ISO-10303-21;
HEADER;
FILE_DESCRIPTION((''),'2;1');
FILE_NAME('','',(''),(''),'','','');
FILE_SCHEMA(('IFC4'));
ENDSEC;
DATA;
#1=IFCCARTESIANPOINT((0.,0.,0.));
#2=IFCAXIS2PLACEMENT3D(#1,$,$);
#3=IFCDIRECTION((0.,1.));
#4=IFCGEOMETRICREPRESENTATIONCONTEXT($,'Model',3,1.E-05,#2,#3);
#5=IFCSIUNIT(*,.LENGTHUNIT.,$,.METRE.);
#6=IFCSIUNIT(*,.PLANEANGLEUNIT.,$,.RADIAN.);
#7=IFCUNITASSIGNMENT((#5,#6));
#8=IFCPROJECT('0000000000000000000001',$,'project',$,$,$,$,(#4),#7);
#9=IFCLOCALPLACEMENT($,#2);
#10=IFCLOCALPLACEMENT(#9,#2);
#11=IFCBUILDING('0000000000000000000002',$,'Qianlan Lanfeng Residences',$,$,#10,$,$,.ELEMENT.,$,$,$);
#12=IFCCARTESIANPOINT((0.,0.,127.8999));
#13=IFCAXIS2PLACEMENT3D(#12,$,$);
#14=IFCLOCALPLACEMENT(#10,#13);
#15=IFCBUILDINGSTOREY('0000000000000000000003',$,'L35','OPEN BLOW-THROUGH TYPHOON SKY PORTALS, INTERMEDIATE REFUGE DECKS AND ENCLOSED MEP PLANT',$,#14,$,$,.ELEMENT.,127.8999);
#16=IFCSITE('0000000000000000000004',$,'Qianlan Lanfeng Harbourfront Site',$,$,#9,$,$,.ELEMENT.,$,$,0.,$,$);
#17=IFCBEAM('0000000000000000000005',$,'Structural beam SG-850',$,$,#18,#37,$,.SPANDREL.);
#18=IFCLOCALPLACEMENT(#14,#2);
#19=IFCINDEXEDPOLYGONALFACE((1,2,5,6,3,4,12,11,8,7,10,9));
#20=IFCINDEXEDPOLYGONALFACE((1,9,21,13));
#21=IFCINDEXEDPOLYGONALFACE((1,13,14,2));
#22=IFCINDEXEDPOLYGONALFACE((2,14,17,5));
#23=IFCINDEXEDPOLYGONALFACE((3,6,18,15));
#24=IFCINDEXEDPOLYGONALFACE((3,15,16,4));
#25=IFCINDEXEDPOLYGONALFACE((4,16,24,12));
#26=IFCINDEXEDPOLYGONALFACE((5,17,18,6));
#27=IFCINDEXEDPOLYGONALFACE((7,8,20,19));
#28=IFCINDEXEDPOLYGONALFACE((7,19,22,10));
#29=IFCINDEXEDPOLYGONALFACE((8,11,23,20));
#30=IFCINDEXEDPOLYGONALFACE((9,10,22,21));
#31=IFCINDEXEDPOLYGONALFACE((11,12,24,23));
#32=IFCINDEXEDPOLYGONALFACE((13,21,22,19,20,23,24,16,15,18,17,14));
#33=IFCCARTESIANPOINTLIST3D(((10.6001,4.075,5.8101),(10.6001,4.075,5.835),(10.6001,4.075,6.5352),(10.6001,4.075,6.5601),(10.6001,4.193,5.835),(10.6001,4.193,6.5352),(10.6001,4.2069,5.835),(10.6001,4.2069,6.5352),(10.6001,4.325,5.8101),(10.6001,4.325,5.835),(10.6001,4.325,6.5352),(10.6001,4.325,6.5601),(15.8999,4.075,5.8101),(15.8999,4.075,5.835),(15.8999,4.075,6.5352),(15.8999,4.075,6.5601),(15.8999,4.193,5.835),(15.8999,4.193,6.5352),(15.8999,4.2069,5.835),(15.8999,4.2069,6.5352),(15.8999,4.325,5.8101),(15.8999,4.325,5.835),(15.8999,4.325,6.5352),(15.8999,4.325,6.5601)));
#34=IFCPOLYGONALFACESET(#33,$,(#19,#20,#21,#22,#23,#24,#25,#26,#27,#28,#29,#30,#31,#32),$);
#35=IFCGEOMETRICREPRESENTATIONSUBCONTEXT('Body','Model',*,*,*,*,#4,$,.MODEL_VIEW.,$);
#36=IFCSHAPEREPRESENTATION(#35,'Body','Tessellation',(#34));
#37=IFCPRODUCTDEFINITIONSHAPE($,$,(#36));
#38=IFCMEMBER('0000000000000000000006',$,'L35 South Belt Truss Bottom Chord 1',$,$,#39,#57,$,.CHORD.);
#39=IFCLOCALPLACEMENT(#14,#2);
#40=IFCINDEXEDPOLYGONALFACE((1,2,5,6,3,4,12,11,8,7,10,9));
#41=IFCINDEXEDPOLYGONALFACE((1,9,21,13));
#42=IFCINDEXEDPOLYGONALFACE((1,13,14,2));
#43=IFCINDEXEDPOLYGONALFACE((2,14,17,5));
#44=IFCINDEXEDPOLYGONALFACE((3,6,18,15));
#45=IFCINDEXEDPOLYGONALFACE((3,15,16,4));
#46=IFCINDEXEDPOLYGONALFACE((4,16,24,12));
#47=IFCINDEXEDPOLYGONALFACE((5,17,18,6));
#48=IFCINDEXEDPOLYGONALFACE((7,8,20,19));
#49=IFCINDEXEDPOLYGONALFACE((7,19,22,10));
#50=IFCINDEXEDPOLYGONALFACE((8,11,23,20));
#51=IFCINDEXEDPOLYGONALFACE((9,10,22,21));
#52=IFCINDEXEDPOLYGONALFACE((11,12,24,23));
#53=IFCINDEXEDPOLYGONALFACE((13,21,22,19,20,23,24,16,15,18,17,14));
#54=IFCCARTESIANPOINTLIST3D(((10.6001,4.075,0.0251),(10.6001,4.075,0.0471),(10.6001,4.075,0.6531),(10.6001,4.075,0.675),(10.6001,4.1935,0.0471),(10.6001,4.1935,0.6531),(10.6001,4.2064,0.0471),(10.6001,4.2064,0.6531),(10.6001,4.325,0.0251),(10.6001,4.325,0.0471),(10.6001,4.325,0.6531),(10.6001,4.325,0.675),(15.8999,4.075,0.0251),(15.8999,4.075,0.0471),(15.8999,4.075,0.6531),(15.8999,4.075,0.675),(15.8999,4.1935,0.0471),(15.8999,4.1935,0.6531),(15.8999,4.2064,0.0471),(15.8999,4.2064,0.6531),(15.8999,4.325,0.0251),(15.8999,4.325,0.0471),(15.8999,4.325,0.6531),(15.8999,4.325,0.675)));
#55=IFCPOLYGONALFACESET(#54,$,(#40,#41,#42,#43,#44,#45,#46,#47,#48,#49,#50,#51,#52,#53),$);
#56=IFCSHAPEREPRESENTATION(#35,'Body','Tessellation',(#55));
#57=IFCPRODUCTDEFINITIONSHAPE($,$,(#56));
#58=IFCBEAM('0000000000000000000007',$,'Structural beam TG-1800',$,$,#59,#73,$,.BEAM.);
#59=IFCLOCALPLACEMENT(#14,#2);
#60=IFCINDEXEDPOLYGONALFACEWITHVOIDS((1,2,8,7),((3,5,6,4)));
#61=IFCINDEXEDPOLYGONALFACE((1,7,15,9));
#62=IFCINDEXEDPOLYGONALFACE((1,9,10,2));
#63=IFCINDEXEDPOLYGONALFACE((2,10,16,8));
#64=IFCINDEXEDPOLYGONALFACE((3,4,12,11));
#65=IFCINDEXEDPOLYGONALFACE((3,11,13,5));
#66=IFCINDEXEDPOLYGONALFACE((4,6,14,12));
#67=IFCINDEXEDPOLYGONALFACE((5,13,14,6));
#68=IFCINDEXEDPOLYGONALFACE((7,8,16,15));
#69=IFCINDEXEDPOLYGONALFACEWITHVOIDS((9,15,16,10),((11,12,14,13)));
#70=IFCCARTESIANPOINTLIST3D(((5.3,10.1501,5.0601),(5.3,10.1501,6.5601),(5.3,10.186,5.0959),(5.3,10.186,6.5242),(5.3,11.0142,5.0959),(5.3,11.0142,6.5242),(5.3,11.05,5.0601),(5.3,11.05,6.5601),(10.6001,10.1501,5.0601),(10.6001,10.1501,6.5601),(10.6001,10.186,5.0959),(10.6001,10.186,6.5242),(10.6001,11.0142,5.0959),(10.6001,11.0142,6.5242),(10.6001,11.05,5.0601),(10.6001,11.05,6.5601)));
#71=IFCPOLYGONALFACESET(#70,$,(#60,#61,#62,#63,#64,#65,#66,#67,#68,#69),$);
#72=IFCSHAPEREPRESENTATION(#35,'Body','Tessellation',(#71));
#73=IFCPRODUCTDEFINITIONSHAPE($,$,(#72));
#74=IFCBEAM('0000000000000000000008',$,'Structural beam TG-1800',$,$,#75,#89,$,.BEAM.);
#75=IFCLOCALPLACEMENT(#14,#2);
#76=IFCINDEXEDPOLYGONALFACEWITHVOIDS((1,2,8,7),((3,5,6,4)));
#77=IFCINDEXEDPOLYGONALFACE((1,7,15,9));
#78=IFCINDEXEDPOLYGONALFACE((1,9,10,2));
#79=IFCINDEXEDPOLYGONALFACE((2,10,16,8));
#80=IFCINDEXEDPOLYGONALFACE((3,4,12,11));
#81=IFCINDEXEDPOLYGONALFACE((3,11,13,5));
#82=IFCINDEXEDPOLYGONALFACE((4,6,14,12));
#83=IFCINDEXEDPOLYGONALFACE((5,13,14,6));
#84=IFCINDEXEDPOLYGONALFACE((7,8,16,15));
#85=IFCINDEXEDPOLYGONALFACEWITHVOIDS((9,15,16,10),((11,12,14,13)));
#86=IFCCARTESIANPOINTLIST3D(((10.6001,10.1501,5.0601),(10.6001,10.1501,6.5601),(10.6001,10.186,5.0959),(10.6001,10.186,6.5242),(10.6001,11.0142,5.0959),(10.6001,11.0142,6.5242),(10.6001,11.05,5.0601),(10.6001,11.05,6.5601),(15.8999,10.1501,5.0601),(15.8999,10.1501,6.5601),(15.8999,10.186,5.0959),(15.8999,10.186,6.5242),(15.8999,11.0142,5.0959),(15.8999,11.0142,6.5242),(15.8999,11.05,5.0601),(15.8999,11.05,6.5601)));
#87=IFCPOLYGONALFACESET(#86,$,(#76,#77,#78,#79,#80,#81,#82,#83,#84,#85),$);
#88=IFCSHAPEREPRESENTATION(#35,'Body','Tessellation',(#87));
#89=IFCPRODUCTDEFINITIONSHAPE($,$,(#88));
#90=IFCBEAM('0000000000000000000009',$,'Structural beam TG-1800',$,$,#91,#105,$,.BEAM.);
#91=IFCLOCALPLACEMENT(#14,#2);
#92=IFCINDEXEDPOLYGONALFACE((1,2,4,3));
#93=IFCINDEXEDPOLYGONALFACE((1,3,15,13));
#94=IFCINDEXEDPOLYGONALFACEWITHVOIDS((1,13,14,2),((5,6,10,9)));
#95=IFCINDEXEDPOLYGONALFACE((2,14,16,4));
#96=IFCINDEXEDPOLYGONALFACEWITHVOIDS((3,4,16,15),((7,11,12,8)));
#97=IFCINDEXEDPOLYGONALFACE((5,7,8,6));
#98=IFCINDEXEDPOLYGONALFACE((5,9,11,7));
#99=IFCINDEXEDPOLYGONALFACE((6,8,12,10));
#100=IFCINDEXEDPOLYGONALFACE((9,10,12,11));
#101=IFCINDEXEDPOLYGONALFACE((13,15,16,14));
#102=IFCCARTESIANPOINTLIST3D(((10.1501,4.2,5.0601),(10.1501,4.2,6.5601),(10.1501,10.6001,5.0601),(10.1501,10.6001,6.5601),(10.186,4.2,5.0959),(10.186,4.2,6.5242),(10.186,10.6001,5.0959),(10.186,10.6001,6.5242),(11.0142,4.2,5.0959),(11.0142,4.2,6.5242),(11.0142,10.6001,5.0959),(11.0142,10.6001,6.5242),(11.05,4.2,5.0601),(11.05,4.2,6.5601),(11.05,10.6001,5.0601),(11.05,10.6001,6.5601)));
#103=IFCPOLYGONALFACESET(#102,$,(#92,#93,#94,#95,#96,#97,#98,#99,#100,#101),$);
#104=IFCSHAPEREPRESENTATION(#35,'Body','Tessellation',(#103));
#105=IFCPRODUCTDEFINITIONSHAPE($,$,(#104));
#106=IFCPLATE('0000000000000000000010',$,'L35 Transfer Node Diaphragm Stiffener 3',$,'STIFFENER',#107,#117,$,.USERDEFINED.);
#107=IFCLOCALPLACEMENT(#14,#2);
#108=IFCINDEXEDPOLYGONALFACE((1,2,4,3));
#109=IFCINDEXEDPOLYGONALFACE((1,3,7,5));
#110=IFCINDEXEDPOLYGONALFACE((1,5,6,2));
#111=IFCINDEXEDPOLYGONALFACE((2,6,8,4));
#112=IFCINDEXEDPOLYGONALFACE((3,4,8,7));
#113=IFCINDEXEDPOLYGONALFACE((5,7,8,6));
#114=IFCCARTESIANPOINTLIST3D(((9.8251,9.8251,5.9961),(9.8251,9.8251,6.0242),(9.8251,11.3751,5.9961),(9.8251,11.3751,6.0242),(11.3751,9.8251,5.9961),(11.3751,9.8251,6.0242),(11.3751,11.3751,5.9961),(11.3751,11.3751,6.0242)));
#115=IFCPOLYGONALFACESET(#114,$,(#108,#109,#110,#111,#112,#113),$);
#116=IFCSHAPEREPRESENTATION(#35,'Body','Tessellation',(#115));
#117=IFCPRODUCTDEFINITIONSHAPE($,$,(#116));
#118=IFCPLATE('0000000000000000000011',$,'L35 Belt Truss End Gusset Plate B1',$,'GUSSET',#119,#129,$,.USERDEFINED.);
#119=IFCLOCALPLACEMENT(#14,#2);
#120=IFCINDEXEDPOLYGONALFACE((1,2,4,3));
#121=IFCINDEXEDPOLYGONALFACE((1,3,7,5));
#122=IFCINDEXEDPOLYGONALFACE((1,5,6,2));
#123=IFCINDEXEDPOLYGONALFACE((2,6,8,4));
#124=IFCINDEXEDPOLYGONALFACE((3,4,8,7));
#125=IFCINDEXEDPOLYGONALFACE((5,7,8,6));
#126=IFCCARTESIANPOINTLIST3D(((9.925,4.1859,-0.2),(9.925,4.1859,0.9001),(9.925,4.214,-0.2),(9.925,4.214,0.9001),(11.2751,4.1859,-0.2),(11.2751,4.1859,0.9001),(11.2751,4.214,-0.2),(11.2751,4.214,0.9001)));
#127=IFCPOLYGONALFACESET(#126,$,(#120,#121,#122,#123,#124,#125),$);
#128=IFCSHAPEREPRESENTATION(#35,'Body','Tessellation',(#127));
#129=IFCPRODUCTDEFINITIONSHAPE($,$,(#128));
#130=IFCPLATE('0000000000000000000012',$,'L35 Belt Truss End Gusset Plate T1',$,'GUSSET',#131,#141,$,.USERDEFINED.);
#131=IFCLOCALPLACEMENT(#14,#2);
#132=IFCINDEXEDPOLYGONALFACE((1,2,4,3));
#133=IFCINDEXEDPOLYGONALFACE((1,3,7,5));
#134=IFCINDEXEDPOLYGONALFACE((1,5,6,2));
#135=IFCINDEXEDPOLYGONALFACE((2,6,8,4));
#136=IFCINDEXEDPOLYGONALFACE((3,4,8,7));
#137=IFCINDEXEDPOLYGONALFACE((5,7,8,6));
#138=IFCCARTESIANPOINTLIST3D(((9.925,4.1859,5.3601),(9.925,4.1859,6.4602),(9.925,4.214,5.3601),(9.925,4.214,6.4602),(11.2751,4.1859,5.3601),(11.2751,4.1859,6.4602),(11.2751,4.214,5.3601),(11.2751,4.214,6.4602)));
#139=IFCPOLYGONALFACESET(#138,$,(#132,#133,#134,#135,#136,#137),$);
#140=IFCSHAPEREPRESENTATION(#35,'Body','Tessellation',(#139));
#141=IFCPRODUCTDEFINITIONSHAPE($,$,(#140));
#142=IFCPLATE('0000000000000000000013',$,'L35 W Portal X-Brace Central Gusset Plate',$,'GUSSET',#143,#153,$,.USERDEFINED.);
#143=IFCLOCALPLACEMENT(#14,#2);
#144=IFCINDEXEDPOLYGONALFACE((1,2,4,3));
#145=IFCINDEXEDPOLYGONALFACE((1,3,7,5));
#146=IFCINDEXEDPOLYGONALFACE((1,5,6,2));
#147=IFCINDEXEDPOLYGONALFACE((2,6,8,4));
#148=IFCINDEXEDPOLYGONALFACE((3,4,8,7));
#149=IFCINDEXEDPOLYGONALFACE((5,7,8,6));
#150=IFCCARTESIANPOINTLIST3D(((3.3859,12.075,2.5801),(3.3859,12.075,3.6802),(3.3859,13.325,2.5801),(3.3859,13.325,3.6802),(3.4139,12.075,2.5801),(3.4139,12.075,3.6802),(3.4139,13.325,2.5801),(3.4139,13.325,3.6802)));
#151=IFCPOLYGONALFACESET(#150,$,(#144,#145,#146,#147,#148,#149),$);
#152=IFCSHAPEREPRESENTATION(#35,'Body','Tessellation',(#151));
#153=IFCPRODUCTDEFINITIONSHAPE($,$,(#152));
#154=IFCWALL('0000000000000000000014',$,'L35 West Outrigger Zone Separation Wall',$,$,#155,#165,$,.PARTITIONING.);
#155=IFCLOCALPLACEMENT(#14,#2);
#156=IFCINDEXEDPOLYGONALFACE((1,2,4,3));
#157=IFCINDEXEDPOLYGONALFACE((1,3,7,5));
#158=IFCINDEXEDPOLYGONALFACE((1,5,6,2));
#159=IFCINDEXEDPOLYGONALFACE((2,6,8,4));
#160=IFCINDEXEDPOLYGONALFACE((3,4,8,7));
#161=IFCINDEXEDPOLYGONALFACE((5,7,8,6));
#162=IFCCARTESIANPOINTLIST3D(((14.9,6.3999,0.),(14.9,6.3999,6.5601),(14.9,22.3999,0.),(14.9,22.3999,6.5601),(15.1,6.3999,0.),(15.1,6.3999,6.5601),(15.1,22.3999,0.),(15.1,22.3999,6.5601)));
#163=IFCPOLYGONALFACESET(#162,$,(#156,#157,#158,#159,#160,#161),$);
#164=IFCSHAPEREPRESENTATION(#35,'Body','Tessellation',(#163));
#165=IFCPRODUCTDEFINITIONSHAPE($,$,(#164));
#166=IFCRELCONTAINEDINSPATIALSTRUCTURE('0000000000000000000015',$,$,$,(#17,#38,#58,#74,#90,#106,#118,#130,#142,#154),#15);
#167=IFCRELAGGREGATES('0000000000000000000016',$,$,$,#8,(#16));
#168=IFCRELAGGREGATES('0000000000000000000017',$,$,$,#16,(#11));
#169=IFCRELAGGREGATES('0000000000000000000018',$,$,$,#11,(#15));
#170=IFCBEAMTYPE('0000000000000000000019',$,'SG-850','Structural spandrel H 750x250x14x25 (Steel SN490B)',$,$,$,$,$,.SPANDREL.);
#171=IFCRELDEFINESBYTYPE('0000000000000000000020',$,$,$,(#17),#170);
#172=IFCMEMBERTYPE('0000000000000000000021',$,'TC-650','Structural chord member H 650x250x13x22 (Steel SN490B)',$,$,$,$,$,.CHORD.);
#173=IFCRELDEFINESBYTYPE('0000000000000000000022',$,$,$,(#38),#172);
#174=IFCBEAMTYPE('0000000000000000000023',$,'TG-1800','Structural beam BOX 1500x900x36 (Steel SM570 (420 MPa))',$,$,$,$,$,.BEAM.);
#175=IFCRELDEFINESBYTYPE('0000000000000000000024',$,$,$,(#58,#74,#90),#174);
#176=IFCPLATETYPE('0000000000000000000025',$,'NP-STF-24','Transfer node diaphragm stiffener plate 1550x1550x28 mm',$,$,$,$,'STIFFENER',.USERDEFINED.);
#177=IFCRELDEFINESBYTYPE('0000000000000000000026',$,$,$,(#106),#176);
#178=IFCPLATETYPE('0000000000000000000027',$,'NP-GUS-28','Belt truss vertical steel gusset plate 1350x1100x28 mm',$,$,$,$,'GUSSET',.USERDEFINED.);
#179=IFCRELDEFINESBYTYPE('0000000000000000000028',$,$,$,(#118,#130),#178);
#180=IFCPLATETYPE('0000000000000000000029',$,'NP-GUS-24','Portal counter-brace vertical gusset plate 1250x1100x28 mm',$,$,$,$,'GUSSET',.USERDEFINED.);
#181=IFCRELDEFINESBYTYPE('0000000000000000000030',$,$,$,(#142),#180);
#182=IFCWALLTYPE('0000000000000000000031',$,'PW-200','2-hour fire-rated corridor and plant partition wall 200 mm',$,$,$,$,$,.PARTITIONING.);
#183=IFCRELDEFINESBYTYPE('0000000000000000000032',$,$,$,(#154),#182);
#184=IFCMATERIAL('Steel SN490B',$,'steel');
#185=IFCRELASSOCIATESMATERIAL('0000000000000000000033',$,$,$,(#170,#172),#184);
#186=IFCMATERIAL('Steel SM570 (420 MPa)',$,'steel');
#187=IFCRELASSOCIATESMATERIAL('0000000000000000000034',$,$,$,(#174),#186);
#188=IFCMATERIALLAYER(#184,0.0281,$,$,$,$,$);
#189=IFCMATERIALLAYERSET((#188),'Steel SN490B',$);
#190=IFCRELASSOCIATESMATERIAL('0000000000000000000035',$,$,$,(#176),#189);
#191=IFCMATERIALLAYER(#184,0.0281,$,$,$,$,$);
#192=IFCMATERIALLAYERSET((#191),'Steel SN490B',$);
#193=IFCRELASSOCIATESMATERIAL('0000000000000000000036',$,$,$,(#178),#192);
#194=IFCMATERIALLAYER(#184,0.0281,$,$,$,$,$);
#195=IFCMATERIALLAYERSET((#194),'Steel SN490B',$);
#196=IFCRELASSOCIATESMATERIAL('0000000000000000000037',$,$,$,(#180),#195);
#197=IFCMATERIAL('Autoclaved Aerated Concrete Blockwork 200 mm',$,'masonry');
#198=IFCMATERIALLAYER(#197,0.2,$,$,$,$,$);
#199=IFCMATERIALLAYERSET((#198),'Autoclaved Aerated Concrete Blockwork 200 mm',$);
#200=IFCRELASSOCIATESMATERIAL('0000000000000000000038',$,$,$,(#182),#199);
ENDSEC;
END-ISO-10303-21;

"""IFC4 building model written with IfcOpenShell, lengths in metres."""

from ifc_helpers import new_model, si_unit, direction, frame, frame_2d, origin, origin_2d, place, context, subcontext, project, spatial, rectangle, hollow_rectangle, i_section, extrude, source, transform, mapped, material, layer, layer_set, material_profile, profile_set, type_object, element, save


model = new_model("IFC4")

# Units and contexts
model_context = context("Model", 3, precision=1e-05, world=origin(), true_north=direction((0.0, 1.0)))
body_context = subcontext(model_context, "Body", "Model", "MODEL_VIEW")
ifc_project = project(units=[si_unit("LENGTHUNIT", "METRE"), si_unit("PLANEANGLEUNIT", "RADIAN")], contexts=[model_context])

# Site, building, storey
site_placement = place(None, origin())
site = spatial("IfcSite", under=ifc_project, at=site_placement, Name="Qianlan Lanfeng Harbourfront Site", CompositionType="ELEMENT", RefElevation=0.0)
building_placement = place(site_placement, origin())
building = spatial("IfcBuilding", under=site, at=building_placement, Name="Qianlan Lanfeng Residences", CompositionType="ELEMENT")
storey_placement = place(building_placement, frame((0.0, 0.0, 127.8999)))
storey = spatial("IfcBuildingStorey", under=building, at=storey_placement, Name="L35", Description="OPEN BLOW-THROUGH TYPHOON SKY PORTALS, INTERMEDIATE REFUGE DECKS AND ENCLOSED MEP PLANT", CompositionType="ELEMENT", Elevation=127.8999)

# Shared definitions
ifc_material_1 = material(Name="Steel SN490B", Category="steel")

# Beam
ifc_material_profile_1 = material_profile(ifc_material_1, i_section(OverallWidth=0.25, OverallDepth=0.75, WebThickness=0.0139, FlangeThickness=0.0249, at=origin_2d()), Name="H 750x250x14x25")
ifc_profile_set_1 = profile_set([ifc_material_profile_1], Name="Steel SN490B")
beam_type_1 = type_object("IfcBeamType", Name="SG-850", Description="Structural spandrel H 750x250x14x25 (Steel SN490B)", PredefinedType="SPANDREL", material=ifc_profile_set_1)
beam_1_placement = place(storey_placement, frame((10.6001, 4.2, 6.1851), z_axis=(1.0, 0.0, 0.0), x_axis=(0.0, 1.0, 0.0)))
element("IfcBeam", 1, at=beam_1_placement, inside=storey, type_object=beam_type_1, Name="Structural beam SG-850", PredefinedType="SPANDREL", context=body_context, shape_type="SweptSolid", body=[
    extrude(i_section(OverallWidth=0.25, OverallDepth=0.75, WebThickness=0.0139, FlangeThickness=0.0249, at=origin_2d()), origin(), (0.0, 0.0, 1.0), 5.2998),
])

# Member
ifc_material_profile_2 = material_profile(ifc_material_1, i_section(OverallWidth=0.25, OverallDepth=0.6499, WebThickness=0.0129, FlangeThickness=0.022, at=origin_2d()), Name="H 650x250x13x22")
ifc_profile_set_2 = profile_set([ifc_material_profile_2], Name="Steel SN490B")
member_type_1 = type_object("IfcMemberType", Name="TC-650", Description="Structural chord member H 650x250x13x22 (Steel SN490B)", PredefinedType="CHORD", material=ifc_profile_set_2)
member_1_placement = place(storey_placement, frame((10.6001, 4.2, 0.3501), z_axis=(1.0, 0.0, 0.0), x_axis=(0.0, 1.0, 0.0)))
element("IfcMember", 2, at=member_1_placement, inside=storey, type_object=member_type_1, Name="L35 South Belt Truss Bottom Chord 1", PredefinedType="CHORD", context=body_context, shape_type="SweptSolid", body=[
    extrude(i_section(OverallWidth=0.25, OverallDepth=0.6499, WebThickness=0.0129, FlangeThickness=0.022, at=origin_2d()), origin(), (0.0, 0.0, 1.0), 5.2998),
])

# Beams
ifc_material_2 = material(Name="Steel SM570 (420 MPa)", Category="steel")
ifc_material_profile_3 = material_profile(ifc_material_2, hollow_rectangle(XDim=0.8999, YDim=1.5, WallThickness=0.0359, at=origin_2d()), Name="BOX 1500x900x36")
ifc_profile_set_3 = profile_set([ifc_material_profile_3], Name="Steel SM570 (420 MPa)")
beam_type_2 = type_object("IfcBeamType", Name="TG-1800", Description="Structural beam BOX 1500x900x36 (Steel SM570 (420 MPa))", PredefinedType="BEAM", material=ifc_profile_set_3)
beam_2_placement = place(storey_placement, frame((5.3, 10.6001, 5.8101), z_axis=(1.0, 0.0, 0.0), x_axis=(0.0, 1.0, 0.0)))
element("IfcBeam", 3, at=beam_2_placement, inside=storey, type_object=beam_type_2, Name="Structural beam TG-1800", PredefinedType="BEAM", context=body_context, shape_type="SweptSolid", body=[
    extrude(hollow_rectangle(XDim=0.8999, YDim=1.5, WallThickness=0.0359, at=origin_2d()), origin(), (0.0, 0.0, 1.0), 5.3),
])
beam_3_placement = place(storey_placement, frame((10.6001, 10.6001, 5.8101), z_axis=(1.0, 0.0, 0.0), x_axis=(0.0, 1.0, 0.0)))
element("IfcBeam", 4, at=beam_3_placement, inside=storey, type_object=beam_type_2, Name="Structural beam TG-1800", PredefinedType="BEAM", context=body_context, shape_type="SweptSolid", body=[
    extrude(hollow_rectangle(XDim=0.8999, YDim=1.5, WallThickness=0.0359, at=origin_2d()), origin(), (0.0, 0.0, 1.0), 5.2998),
])
beam_4_placement = place(storey_placement, frame((10.6001, 4.2, 5.8101), z_axis=(0.0, 1.0, 0.0), x_axis=(-1.0, 0.0, 0.0)))
element("IfcBeam", 5, at=beam_4_placement, inside=storey, type_object=beam_type_2, Name="Structural beam TG-1800", PredefinedType="BEAM", context=body_context, shape_type="SweptSolid", body=[
    extrude(hollow_rectangle(XDim=0.8999, YDim=1.5, WallThickness=0.0359, at=origin_2d()), origin(), (0.0, 0.0, 1.0), 6.4001),
])

# Plates
ifc_layer_1 = layer(ifc_material_1, 0.0281)
ifc_layer_set_1 = layer_set([ifc_layer_1], Name="Steel SN490B")
plate_type_1 = type_object("IfcPlateType", Name="NP-STF-24", Description="Transfer node diaphragm stiffener plate 1550x1550x28 mm", ElementType="STIFFENER", PredefinedType="USERDEFINED", material=ifc_layer_set_1)
shared_shape_1 = source(origin(), body_context, "Body", "SweptSolid", [
    extrude(rectangle(XDim=1.55, YDim=1.55, at=origin_2d()), origin(), (0.0, 0.0, 1.0), 0.0281),
])
plate_1_placement = place(storey_placement, frame((10.6001, 10.6001, 5.9961), z_axis=(0.0, 0.0, 1.0), x_axis=(1.0, 0.0, 0.0)))
element("IfcPlate", 6, at=plate_1_placement, inside=storey, type_object=plate_type_1, Name="L35 Transfer Node Diaphragm Stiffener 3", ObjectType="STIFFENER", PredefinedType="USERDEFINED", context=body_context, shape_type="MappedRepresentation", body=[
    mapped(shared_shape_1, transform((0.0, 0.0, 0.0), scale=1.0)),
])
ifc_layer_2 = layer(ifc_material_1, 0.0281)
ifc_layer_set_2 = layer_set([ifc_layer_2], Name="Steel SN490B")
plate_type_2 = type_object("IfcPlateType", Name="NP-GUS-28", Description="Belt truss vertical steel gusset plate 1350x1100x28 mm", ElementType="GUSSET", PredefinedType="USERDEFINED", material=ifc_layer_set_2)
shared_shape_2 = source(origin(), body_context, "Body", "SweptSolid", [
    extrude(rectangle(XDim=1.3501, YDim=0.0281, at=origin_2d()), origin(), (0.0, 0.0, 1.0), 1.1001),
])
for number, where, z_axis, x_axis, name in (
    (7, (10.6001, 4.2, -0.2), (0.0, 0.0, 1.0), (1.0, 0.0, 0.0), "L35 Belt Truss End Gusset Plate B1"),
    (8, (10.6001, 4.2, 5.3601), (0.0, 0.0, 1.0), (1.0, 0.0, 0.0), "L35 Belt Truss End Gusset Plate T1"),
):
    element("IfcPlate", number, at=place(storey_placement, frame(where, z_axis=z_axis, x_axis=x_axis)), inside=storey, type_object=plate_type_2, Name=name, ObjectType="GUSSET", PredefinedType="USERDEFINED", context=body_context, shape_type="MappedRepresentation", body=[
        mapped(shared_shape_2, transform((0.0, 0.0, 0.0), scale=1.0)),
    ])
ifc_layer_3 = layer(ifc_material_1, 0.0281)
ifc_layer_set_3 = layer_set([ifc_layer_3], Name="Steel SN490B")
plate_type_3 = type_object("IfcPlateType", Name="NP-GUS-24", Description="Portal counter-brace vertical gusset plate 1250x1100x28 mm", ElementType="GUSSET", PredefinedType="USERDEFINED", material=ifc_layer_set_3)
shared_shape_3 = source(origin(), body_context, "Body", "SweptSolid", [
    extrude(rectangle(XDim=0.0281, YDim=1.25, at=origin_2d()), origin(), (0.0, 0.0, 1.0), 1.1001),
])
plate_2_placement = place(storey_placement, frame((3.3999, 12.7, 2.5801), z_axis=(0.0, 0.0, 1.0), x_axis=(1.0, 0.0, 0.0)))
element("IfcPlate", 9, at=plate_2_placement, inside=storey, type_object=plate_type_3, Name="L35 W Portal X-Brace Central Gusset Plate", ObjectType="GUSSET", PredefinedType="USERDEFINED", context=body_context, shape_type="MappedRepresentation", body=[
    mapped(shared_shape_3, transform((0.0, 0.0, 0.0), scale=1.0)),
])

# Wall
ifc_material_3 = material(Name="Autoclaved Aerated Concrete Blockwork 200 mm", Category="masonry")
ifc_layer_4 = layer(ifc_material_3, 0.2)
ifc_layer_set_4 = layer_set([ifc_layer_4], Name="Autoclaved Aerated Concrete Blockwork 200 mm")
wall_type = type_object("IfcWallType", Name="PW-200", Description="2-hour fire-rated corridor and plant partition wall 200 mm", PredefinedType="PARTITIONING", material=ifc_layer_set_4)
wall_placement = place(storey_placement, frame((15.0, 6.3999, 0.0), z_axis=(0.0, 0.0, 1.0), x_axis=(0.0, 1.0, 0.0)))
element("IfcWall", 10, at=wall_placement, inside=storey, type_object=wall_type, Name="L35 West Outrigger Zone Separation Wall", PredefinedType="PARTITIONING", context=body_context, shape_type="SweptSolid", body=[
    extrude(rectangle(XDim=16.0, YDim=0.2, at=frame_2d((8.0, 0.0))), origin(), (0.0, 0.0, 1.0), 6.5601),
])

save(model, "model.ifc")
